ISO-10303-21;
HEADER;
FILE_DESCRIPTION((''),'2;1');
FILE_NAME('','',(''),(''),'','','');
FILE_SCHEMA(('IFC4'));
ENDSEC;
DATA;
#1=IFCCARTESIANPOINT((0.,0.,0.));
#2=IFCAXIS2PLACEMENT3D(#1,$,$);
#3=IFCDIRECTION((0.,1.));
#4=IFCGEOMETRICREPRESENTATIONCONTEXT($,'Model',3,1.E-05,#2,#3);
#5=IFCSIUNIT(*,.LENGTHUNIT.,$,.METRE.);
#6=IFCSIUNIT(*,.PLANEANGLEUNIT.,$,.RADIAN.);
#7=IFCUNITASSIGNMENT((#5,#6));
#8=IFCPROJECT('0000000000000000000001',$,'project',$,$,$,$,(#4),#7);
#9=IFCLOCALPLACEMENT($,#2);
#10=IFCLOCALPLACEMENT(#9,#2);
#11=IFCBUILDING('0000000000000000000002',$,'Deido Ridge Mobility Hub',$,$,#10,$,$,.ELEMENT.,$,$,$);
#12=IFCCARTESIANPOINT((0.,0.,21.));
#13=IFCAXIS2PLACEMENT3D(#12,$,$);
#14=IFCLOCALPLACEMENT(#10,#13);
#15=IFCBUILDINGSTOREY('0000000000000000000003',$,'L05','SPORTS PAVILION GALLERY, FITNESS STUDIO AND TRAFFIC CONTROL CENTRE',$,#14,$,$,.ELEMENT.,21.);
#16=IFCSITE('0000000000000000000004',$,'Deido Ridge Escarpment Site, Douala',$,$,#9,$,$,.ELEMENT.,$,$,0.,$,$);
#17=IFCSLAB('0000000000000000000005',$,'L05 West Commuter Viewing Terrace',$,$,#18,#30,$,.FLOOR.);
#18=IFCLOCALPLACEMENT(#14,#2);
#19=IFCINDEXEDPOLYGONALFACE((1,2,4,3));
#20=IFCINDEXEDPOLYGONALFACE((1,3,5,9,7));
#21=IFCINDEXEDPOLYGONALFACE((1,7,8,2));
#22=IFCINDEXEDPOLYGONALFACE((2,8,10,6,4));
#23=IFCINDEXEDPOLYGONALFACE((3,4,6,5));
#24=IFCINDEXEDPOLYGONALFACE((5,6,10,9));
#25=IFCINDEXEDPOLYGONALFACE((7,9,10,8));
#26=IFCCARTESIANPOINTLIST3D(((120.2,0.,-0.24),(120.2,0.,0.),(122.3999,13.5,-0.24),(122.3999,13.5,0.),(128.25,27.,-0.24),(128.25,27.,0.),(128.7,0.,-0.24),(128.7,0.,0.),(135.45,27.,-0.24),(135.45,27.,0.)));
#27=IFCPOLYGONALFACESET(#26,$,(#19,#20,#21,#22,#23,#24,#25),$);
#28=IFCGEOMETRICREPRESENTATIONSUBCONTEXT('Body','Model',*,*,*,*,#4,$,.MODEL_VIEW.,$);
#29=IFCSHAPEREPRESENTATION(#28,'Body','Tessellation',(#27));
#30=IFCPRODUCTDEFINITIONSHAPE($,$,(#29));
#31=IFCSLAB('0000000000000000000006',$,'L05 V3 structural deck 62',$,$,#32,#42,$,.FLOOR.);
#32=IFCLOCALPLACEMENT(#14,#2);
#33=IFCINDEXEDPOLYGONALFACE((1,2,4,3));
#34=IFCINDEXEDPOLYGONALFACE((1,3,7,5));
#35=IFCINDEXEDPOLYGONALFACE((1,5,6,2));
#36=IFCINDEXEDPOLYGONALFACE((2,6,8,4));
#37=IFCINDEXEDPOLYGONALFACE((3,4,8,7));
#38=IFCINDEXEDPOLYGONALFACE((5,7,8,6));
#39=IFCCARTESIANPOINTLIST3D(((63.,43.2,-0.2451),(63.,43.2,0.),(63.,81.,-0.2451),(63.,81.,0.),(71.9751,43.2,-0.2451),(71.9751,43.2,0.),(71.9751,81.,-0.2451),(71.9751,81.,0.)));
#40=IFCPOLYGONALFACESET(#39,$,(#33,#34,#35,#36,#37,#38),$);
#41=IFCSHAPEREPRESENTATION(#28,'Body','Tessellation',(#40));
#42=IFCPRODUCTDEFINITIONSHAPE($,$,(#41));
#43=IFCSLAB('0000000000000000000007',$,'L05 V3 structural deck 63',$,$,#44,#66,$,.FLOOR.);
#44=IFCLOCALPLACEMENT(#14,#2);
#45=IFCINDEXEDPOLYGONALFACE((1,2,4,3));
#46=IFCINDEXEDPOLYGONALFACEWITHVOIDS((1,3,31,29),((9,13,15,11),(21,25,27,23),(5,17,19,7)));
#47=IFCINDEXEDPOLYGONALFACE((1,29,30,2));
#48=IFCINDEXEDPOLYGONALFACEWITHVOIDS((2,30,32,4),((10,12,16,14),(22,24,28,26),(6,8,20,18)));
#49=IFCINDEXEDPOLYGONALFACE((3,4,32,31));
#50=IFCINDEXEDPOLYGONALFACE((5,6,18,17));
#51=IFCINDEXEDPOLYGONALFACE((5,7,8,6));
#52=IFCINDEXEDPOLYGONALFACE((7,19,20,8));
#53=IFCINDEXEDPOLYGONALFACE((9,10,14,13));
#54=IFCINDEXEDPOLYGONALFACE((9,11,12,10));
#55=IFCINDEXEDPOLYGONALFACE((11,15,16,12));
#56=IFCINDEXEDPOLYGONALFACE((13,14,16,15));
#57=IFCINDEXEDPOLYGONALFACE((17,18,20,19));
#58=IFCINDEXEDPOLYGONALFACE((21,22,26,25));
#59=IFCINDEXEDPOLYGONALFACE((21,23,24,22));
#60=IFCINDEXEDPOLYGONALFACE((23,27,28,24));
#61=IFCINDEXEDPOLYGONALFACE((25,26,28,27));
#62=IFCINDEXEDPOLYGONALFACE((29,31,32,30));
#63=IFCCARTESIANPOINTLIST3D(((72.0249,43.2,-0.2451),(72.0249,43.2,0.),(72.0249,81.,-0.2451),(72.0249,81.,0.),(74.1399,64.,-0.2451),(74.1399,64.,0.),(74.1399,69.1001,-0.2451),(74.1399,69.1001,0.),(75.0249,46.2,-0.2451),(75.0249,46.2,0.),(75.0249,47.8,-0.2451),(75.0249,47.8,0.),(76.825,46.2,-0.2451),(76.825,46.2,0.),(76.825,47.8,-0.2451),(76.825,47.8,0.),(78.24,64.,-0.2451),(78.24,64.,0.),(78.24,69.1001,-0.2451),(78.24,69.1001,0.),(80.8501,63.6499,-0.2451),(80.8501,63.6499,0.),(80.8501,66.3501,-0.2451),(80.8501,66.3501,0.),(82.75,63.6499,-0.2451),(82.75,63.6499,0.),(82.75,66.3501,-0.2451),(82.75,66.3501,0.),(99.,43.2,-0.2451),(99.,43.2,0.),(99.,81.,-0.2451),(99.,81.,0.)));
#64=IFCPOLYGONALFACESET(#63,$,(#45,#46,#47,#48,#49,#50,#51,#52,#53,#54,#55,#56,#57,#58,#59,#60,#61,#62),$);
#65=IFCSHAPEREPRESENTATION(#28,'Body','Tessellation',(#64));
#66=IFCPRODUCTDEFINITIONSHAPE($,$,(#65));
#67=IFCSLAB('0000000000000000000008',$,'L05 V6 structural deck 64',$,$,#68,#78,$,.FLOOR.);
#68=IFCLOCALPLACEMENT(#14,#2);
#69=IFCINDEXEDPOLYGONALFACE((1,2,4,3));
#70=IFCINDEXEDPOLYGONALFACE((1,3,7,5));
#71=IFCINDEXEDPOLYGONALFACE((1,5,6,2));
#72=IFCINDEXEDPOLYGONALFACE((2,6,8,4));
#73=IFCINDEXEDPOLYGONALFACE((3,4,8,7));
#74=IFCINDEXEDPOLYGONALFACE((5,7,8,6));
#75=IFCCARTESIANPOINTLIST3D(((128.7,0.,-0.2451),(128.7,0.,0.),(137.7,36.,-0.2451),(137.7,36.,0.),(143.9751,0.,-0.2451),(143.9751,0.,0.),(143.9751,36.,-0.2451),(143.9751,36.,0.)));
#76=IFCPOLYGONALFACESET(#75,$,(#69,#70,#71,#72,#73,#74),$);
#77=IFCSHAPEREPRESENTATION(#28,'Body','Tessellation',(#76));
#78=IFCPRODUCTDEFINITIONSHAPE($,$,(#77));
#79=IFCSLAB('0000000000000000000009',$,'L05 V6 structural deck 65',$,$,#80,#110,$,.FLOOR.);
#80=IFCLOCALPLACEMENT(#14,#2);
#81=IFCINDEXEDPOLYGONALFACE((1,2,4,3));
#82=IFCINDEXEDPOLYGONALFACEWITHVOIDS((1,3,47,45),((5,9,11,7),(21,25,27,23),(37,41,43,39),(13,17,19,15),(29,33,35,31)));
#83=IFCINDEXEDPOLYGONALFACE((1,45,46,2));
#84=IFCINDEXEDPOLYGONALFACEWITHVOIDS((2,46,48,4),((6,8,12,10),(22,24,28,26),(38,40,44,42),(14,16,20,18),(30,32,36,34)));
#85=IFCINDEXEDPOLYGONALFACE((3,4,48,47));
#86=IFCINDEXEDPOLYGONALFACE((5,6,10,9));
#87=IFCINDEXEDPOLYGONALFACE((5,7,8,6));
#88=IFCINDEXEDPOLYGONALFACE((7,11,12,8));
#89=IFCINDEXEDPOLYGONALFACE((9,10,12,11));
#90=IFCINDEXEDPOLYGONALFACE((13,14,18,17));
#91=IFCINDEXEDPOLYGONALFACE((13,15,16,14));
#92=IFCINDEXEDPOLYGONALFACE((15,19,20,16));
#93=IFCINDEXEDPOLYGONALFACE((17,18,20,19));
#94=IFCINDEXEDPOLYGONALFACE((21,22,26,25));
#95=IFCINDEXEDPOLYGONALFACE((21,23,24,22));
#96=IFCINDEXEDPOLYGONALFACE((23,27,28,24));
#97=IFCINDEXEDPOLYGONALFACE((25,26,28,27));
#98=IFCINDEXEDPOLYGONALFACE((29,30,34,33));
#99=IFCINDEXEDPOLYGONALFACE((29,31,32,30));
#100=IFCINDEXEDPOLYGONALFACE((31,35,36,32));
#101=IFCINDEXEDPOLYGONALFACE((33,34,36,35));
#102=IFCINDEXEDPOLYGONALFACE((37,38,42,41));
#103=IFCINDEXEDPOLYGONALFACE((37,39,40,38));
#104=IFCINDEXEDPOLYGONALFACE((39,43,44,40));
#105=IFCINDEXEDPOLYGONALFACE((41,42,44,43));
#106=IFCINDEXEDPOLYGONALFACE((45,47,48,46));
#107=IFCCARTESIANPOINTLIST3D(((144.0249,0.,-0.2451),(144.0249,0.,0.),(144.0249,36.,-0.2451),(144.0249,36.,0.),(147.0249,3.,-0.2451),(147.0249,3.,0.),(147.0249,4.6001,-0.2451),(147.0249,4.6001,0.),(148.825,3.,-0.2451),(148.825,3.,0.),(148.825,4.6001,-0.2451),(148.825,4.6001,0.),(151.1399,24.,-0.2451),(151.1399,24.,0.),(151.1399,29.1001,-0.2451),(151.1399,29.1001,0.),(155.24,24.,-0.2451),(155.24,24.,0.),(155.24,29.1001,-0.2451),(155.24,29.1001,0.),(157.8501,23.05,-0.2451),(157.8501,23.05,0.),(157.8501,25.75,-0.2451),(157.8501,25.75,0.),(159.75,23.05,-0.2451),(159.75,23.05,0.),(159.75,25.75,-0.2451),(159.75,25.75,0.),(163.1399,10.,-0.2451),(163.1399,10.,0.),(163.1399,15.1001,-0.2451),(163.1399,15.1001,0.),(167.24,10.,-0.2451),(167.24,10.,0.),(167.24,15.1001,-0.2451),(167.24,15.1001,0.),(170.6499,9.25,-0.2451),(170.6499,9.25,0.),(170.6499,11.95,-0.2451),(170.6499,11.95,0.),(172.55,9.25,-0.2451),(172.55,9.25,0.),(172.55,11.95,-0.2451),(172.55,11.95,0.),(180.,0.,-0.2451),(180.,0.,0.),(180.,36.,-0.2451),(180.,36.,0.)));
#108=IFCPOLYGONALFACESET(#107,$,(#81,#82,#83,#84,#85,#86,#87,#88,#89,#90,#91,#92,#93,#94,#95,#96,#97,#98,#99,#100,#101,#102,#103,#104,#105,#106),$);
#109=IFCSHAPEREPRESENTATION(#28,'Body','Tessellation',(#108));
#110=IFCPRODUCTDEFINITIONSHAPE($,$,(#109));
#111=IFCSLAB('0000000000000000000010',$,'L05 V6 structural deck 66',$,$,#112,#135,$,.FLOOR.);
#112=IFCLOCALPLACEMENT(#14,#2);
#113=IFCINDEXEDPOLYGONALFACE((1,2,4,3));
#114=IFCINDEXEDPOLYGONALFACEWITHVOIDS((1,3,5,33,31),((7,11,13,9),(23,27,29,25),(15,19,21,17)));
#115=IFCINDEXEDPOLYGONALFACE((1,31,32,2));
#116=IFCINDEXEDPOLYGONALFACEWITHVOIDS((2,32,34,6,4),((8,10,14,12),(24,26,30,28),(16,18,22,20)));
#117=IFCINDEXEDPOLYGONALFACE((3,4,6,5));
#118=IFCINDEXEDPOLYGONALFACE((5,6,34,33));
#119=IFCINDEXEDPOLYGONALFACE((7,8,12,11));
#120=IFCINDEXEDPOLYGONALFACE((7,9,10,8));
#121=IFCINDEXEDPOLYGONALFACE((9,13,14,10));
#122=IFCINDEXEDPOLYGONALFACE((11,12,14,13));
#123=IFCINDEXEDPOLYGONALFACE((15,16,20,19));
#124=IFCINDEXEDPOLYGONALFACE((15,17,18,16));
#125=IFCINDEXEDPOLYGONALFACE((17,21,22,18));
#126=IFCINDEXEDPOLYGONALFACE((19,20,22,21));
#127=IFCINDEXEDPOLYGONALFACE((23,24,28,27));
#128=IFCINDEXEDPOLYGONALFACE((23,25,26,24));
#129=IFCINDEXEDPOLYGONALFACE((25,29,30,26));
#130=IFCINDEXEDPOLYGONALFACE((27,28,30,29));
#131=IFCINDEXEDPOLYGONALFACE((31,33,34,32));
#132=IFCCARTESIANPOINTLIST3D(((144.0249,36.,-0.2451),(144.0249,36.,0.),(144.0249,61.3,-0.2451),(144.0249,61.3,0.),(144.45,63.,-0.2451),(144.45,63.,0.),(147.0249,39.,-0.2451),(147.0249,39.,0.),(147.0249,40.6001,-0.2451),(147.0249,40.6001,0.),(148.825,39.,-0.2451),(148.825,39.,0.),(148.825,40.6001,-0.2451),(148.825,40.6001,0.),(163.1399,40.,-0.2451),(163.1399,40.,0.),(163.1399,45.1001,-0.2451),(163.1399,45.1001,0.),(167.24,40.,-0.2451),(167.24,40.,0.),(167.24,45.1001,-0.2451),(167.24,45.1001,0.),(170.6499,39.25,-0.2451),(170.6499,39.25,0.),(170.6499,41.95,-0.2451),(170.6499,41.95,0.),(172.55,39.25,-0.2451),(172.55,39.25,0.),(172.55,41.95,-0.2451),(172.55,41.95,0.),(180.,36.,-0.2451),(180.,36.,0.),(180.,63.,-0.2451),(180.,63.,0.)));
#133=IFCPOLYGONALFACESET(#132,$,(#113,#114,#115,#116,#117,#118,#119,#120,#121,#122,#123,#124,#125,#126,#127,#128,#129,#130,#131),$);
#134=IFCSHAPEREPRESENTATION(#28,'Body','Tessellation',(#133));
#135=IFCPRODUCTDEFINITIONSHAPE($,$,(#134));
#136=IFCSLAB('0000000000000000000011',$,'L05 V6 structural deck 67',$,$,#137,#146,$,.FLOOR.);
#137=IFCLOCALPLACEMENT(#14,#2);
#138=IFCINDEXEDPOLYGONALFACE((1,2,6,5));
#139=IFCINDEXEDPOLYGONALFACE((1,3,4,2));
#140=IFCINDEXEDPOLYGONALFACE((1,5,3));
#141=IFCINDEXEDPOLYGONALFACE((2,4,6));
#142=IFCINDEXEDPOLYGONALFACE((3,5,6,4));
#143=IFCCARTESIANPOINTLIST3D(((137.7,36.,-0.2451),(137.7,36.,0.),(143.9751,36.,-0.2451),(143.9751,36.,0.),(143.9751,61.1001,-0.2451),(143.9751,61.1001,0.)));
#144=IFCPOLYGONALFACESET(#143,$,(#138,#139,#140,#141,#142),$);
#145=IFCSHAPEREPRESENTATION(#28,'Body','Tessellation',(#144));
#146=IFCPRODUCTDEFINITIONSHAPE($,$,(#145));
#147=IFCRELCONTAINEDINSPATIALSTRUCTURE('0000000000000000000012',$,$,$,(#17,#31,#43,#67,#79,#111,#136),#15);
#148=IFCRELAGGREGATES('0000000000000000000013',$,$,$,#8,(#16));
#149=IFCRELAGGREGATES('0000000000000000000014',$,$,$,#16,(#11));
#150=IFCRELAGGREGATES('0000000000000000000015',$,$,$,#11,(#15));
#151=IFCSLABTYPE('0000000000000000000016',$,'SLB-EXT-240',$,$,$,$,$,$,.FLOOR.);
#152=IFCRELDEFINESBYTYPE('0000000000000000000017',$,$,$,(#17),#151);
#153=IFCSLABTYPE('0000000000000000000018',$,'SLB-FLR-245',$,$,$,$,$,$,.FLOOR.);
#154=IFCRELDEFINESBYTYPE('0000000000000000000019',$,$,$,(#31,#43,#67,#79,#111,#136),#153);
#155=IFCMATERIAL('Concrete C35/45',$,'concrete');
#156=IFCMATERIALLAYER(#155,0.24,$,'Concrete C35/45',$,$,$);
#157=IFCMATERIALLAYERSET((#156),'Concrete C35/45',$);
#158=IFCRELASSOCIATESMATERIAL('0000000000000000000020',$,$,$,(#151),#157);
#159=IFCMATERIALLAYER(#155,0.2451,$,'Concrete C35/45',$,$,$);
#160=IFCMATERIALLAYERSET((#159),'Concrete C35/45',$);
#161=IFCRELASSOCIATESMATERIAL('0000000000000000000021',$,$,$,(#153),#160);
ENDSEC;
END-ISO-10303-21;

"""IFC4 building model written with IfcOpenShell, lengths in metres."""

from ifc_helpers import new_model, si_unit, direction, frame, origin, place, context, subcontext, project, spatial, polyline, outline, extrude, material, layer, layer_set, type_object, element, save


model = new_model("IFC4")

# Units and contexts
model_context = context("Model", 3, precision=1e-05, world=origin(), true_north=direction((0.0, 1.0)))
body_context = subcontext(model_context, "Body", "Model", "MODEL_VIEW")
ifc_project = project(units=[si_unit("LENGTHUNIT", "METRE"), si_unit("PLANEANGLEUNIT", "RADIAN")], contexts=[model_context])

# Site, building, storey
site_placement = place(None, origin())
site = spatial("IfcSite", under=ifc_project, at=site_placement, Name="Deido Ridge Escarpment Site, Douala", CompositionType="ELEMENT", RefElevation=0.0)
building_placement = place(site_placement, origin())
building = spatial("IfcBuilding", under=site, at=building_placement, Name="Deido Ridge Mobility Hub", CompositionType="ELEMENT")
storey_placement = place(building_placement, frame((0.0, 0.0, 21.0)))
storey = spatial("IfcBuildingStorey", under=building, at=storey_placement, Name="L05", Description="SPORTS PAVILION GALLERY, FITNESS STUDIO AND TRAFFIC CONTROL CENTRE", CompositionType="ELEMENT", Elevation=21.0)

# Slabs
ifc_material = material(Name="Concrete C35/45", Category="concrete")
ifc_layer_1 = layer(ifc_material, 0.24, Name="Concrete C35/45")
ifc_layer_set_1 = layer_set([ifc_layer_1], Name="Concrete C35/45")
slab_type_1 = type_object("IfcSlabType", Name="SLB-EXT-240", PredefinedType="FLOOR", material=ifc_layer_set_1)
slab_1_placement = place(storey_placement, frame((0.0, 0.0, -0.24)))
element("IfcSlab", 1, at=slab_1_placement, inside=storey, type_object=slab_type_1, Name="L05 West Commuter Viewing Terrace", PredefinedType="FLOOR", context=body_context, shape_type="SweptSolid", body=[
    extrude(outline(polyline([(120.2, 0.0), (128.7, 0.0), (135.45, 27.0), (128.25, 27.0), (122.3999, 13.5), (120.2, 0.0)])), origin(), (0.0, 0.0, 1.0), 0.24),
])
ifc_layer_2 = layer(ifc_material, 0.2451, Name="Concrete C35/45")
ifc_layer_set_2 = layer_set([ifc_layer_2], Name="Concrete C35/45")
slab_type_2 = type_object("IfcSlabType", Name="SLB-FLR-245", PredefinedType="FLOOR", material=ifc_layer_set_2)
slab_2_placement = place(storey_placement, frame((0.0, 0.0, -0.2451)))
element("IfcSlab", 2, at=slab_2_placement, inside=storey, type_object=slab_type_2, Name="L05 V3 structural deck 62", PredefinedType="FLOOR", context=body_context, shape_type="SweptSolid", body=[
    extrude(outline(polyline([(63.0, 81.0), (71.9751, 81.0), (71.9751, 43.2), (63.0, 43.2), (63.0, 81.0)])), origin(), (0.0, 0.0, 1.0), 0.2451),
])
slab_3_placement = place(storey_placement, frame((0.0, 0.0, -0.2451)))
element("IfcSlab", 3, at=slab_3_placement, inside=storey, type_object=slab_type_2, Name="L05 V3 structural deck 63", PredefinedType="FLOOR", context=body_context, shape_type="SweptSolid", body=[
    extrude(outline(polyline([(99.0, 81.0), (99.0, 43.2), (72.0249, 43.2), (72.0249, 81.0), (99.0, 81.0)]), holes=[polyline([(76.825, 46.2), (75.0249, 46.2), (75.0249, 47.8), (76.825, 47.8), (76.825, 46.2)]), polyline([(80.8501, 63.6499), (80.8501, 66.3501), (82.75, 66.3501), (82.75, 63.6499), (80.8501, 63.6499)]), polyline([(74.1399, 64.0), (74.1399, 69.1001), (78.24, 69.1001), (78.24, 64.0), (74.1399, 64.0)])]), origin(), (0.0, 0.0, 1.0), 0.2451),
])
slab_4_placement = place(storey_placement, frame((0.0, 0.0, -0.2451)))
element("IfcSlab", 4, at=slab_4_placement, inside=storey, type_object=slab_type_2, Name="L05 V6 structural deck 64", PredefinedType="FLOOR", context=body_context, shape_type="SweptSolid", body=[
    extrude(outline(polyline([(137.7, 36.0), (143.9751, 36.0), (143.9751, 0.0), (128.7, 0.0), (137.7, 36.0)])), origin(), (0.0, 0.0, 1.0), 0.2451),
])
slab_5_placement = place(storey_placement, frame((0.0, 0.0, -0.2451)))
element("IfcSlab", 5, at=slab_5_placement, inside=storey, type_object=slab_type_2, Name="L05 V6 structural deck 65", PredefinedType="FLOOR", context=body_context, shape_type="SweptSolid", body=[
    extrude(outline(polyline([(180.0, 36.0), (180.0, 0.0), (144.0249, 0.0), (144.0249, 36.0), (180.0, 36.0)]), holes=[polyline([(148.825, 3.0), (147.0249, 3.0), (147.0249, 4.6001), (148.825, 4.6001), (148.825, 3.0)]), polyline([(172.55, 9.25), (170.6499, 9.25), (170.6499, 11.95), (172.55, 11.95), (172.55, 9.25)]), polyline([(167.24, 10.0), (163.1399, 10.0), (163.1399, 15.1001), (167.24, 15.1001), (167.24, 10.0)]), polyline([(159.75, 23.05), (157.8501, 23.05), (157.8501, 25.75), (159.75, 25.75), (159.75, 23.05)]), polyline([(155.24, 24.0), (151.1399, 24.0), (151.1399, 29.1001), (155.24, 29.1001), (155.24, 24.0)])]), origin(), (0.0, 0.0, 1.0), 0.2451),
])
slab_6_placement = place(storey_placement, frame((0.0, 0.0, -0.2451)))
element("IfcSlab", 6, at=slab_6_placement, inside=storey, type_object=slab_type_2, Name="L05 V6 structural deck 66", PredefinedType="FLOOR", context=body_context, shape_type="SweptSolid", body=[
    extrude(outline(polyline([(180.0, 63.0), (180.0, 36.0), (144.0249, 36.0), (144.0249, 61.3), (144.45, 63.0), (180.0, 63.0)]), holes=[polyline([(148.825, 39.0), (147.0249, 39.0), (147.0249, 40.6001), (148.825, 40.6001), (148.825, 39.0)]), polyline([(172.55, 39.25), (170.6499, 39.25), (170.6499, 41.95), (172.55, 41.95), (172.55, 39.25)]), polyline([(167.24, 40.0), (163.1399, 40.0), (163.1399, 45.1001), (167.24, 45.1001), (167.24, 40.0)])]), origin(), (0.0, 0.0, 1.0), 0.2451),
])
slab_7_placement = place(storey_placement, frame((0.0, 0.0, -0.2451)))
element("IfcSlab", 7, at=slab_7_placement, inside=storey, type_object=slab_type_2, Name="L05 V6 structural deck 67", PredefinedType="FLOOR", context=body_context, shape_type="SweptSolid", body=[
    extrude(outline(polyline([(137.7, 36.0), (143.9751, 61.1001), (143.9751, 36.0), (137.7, 36.0)])), origin(), (0.0, 0.0, 1.0), 0.2451),
])

save(model, "model.ifc")
